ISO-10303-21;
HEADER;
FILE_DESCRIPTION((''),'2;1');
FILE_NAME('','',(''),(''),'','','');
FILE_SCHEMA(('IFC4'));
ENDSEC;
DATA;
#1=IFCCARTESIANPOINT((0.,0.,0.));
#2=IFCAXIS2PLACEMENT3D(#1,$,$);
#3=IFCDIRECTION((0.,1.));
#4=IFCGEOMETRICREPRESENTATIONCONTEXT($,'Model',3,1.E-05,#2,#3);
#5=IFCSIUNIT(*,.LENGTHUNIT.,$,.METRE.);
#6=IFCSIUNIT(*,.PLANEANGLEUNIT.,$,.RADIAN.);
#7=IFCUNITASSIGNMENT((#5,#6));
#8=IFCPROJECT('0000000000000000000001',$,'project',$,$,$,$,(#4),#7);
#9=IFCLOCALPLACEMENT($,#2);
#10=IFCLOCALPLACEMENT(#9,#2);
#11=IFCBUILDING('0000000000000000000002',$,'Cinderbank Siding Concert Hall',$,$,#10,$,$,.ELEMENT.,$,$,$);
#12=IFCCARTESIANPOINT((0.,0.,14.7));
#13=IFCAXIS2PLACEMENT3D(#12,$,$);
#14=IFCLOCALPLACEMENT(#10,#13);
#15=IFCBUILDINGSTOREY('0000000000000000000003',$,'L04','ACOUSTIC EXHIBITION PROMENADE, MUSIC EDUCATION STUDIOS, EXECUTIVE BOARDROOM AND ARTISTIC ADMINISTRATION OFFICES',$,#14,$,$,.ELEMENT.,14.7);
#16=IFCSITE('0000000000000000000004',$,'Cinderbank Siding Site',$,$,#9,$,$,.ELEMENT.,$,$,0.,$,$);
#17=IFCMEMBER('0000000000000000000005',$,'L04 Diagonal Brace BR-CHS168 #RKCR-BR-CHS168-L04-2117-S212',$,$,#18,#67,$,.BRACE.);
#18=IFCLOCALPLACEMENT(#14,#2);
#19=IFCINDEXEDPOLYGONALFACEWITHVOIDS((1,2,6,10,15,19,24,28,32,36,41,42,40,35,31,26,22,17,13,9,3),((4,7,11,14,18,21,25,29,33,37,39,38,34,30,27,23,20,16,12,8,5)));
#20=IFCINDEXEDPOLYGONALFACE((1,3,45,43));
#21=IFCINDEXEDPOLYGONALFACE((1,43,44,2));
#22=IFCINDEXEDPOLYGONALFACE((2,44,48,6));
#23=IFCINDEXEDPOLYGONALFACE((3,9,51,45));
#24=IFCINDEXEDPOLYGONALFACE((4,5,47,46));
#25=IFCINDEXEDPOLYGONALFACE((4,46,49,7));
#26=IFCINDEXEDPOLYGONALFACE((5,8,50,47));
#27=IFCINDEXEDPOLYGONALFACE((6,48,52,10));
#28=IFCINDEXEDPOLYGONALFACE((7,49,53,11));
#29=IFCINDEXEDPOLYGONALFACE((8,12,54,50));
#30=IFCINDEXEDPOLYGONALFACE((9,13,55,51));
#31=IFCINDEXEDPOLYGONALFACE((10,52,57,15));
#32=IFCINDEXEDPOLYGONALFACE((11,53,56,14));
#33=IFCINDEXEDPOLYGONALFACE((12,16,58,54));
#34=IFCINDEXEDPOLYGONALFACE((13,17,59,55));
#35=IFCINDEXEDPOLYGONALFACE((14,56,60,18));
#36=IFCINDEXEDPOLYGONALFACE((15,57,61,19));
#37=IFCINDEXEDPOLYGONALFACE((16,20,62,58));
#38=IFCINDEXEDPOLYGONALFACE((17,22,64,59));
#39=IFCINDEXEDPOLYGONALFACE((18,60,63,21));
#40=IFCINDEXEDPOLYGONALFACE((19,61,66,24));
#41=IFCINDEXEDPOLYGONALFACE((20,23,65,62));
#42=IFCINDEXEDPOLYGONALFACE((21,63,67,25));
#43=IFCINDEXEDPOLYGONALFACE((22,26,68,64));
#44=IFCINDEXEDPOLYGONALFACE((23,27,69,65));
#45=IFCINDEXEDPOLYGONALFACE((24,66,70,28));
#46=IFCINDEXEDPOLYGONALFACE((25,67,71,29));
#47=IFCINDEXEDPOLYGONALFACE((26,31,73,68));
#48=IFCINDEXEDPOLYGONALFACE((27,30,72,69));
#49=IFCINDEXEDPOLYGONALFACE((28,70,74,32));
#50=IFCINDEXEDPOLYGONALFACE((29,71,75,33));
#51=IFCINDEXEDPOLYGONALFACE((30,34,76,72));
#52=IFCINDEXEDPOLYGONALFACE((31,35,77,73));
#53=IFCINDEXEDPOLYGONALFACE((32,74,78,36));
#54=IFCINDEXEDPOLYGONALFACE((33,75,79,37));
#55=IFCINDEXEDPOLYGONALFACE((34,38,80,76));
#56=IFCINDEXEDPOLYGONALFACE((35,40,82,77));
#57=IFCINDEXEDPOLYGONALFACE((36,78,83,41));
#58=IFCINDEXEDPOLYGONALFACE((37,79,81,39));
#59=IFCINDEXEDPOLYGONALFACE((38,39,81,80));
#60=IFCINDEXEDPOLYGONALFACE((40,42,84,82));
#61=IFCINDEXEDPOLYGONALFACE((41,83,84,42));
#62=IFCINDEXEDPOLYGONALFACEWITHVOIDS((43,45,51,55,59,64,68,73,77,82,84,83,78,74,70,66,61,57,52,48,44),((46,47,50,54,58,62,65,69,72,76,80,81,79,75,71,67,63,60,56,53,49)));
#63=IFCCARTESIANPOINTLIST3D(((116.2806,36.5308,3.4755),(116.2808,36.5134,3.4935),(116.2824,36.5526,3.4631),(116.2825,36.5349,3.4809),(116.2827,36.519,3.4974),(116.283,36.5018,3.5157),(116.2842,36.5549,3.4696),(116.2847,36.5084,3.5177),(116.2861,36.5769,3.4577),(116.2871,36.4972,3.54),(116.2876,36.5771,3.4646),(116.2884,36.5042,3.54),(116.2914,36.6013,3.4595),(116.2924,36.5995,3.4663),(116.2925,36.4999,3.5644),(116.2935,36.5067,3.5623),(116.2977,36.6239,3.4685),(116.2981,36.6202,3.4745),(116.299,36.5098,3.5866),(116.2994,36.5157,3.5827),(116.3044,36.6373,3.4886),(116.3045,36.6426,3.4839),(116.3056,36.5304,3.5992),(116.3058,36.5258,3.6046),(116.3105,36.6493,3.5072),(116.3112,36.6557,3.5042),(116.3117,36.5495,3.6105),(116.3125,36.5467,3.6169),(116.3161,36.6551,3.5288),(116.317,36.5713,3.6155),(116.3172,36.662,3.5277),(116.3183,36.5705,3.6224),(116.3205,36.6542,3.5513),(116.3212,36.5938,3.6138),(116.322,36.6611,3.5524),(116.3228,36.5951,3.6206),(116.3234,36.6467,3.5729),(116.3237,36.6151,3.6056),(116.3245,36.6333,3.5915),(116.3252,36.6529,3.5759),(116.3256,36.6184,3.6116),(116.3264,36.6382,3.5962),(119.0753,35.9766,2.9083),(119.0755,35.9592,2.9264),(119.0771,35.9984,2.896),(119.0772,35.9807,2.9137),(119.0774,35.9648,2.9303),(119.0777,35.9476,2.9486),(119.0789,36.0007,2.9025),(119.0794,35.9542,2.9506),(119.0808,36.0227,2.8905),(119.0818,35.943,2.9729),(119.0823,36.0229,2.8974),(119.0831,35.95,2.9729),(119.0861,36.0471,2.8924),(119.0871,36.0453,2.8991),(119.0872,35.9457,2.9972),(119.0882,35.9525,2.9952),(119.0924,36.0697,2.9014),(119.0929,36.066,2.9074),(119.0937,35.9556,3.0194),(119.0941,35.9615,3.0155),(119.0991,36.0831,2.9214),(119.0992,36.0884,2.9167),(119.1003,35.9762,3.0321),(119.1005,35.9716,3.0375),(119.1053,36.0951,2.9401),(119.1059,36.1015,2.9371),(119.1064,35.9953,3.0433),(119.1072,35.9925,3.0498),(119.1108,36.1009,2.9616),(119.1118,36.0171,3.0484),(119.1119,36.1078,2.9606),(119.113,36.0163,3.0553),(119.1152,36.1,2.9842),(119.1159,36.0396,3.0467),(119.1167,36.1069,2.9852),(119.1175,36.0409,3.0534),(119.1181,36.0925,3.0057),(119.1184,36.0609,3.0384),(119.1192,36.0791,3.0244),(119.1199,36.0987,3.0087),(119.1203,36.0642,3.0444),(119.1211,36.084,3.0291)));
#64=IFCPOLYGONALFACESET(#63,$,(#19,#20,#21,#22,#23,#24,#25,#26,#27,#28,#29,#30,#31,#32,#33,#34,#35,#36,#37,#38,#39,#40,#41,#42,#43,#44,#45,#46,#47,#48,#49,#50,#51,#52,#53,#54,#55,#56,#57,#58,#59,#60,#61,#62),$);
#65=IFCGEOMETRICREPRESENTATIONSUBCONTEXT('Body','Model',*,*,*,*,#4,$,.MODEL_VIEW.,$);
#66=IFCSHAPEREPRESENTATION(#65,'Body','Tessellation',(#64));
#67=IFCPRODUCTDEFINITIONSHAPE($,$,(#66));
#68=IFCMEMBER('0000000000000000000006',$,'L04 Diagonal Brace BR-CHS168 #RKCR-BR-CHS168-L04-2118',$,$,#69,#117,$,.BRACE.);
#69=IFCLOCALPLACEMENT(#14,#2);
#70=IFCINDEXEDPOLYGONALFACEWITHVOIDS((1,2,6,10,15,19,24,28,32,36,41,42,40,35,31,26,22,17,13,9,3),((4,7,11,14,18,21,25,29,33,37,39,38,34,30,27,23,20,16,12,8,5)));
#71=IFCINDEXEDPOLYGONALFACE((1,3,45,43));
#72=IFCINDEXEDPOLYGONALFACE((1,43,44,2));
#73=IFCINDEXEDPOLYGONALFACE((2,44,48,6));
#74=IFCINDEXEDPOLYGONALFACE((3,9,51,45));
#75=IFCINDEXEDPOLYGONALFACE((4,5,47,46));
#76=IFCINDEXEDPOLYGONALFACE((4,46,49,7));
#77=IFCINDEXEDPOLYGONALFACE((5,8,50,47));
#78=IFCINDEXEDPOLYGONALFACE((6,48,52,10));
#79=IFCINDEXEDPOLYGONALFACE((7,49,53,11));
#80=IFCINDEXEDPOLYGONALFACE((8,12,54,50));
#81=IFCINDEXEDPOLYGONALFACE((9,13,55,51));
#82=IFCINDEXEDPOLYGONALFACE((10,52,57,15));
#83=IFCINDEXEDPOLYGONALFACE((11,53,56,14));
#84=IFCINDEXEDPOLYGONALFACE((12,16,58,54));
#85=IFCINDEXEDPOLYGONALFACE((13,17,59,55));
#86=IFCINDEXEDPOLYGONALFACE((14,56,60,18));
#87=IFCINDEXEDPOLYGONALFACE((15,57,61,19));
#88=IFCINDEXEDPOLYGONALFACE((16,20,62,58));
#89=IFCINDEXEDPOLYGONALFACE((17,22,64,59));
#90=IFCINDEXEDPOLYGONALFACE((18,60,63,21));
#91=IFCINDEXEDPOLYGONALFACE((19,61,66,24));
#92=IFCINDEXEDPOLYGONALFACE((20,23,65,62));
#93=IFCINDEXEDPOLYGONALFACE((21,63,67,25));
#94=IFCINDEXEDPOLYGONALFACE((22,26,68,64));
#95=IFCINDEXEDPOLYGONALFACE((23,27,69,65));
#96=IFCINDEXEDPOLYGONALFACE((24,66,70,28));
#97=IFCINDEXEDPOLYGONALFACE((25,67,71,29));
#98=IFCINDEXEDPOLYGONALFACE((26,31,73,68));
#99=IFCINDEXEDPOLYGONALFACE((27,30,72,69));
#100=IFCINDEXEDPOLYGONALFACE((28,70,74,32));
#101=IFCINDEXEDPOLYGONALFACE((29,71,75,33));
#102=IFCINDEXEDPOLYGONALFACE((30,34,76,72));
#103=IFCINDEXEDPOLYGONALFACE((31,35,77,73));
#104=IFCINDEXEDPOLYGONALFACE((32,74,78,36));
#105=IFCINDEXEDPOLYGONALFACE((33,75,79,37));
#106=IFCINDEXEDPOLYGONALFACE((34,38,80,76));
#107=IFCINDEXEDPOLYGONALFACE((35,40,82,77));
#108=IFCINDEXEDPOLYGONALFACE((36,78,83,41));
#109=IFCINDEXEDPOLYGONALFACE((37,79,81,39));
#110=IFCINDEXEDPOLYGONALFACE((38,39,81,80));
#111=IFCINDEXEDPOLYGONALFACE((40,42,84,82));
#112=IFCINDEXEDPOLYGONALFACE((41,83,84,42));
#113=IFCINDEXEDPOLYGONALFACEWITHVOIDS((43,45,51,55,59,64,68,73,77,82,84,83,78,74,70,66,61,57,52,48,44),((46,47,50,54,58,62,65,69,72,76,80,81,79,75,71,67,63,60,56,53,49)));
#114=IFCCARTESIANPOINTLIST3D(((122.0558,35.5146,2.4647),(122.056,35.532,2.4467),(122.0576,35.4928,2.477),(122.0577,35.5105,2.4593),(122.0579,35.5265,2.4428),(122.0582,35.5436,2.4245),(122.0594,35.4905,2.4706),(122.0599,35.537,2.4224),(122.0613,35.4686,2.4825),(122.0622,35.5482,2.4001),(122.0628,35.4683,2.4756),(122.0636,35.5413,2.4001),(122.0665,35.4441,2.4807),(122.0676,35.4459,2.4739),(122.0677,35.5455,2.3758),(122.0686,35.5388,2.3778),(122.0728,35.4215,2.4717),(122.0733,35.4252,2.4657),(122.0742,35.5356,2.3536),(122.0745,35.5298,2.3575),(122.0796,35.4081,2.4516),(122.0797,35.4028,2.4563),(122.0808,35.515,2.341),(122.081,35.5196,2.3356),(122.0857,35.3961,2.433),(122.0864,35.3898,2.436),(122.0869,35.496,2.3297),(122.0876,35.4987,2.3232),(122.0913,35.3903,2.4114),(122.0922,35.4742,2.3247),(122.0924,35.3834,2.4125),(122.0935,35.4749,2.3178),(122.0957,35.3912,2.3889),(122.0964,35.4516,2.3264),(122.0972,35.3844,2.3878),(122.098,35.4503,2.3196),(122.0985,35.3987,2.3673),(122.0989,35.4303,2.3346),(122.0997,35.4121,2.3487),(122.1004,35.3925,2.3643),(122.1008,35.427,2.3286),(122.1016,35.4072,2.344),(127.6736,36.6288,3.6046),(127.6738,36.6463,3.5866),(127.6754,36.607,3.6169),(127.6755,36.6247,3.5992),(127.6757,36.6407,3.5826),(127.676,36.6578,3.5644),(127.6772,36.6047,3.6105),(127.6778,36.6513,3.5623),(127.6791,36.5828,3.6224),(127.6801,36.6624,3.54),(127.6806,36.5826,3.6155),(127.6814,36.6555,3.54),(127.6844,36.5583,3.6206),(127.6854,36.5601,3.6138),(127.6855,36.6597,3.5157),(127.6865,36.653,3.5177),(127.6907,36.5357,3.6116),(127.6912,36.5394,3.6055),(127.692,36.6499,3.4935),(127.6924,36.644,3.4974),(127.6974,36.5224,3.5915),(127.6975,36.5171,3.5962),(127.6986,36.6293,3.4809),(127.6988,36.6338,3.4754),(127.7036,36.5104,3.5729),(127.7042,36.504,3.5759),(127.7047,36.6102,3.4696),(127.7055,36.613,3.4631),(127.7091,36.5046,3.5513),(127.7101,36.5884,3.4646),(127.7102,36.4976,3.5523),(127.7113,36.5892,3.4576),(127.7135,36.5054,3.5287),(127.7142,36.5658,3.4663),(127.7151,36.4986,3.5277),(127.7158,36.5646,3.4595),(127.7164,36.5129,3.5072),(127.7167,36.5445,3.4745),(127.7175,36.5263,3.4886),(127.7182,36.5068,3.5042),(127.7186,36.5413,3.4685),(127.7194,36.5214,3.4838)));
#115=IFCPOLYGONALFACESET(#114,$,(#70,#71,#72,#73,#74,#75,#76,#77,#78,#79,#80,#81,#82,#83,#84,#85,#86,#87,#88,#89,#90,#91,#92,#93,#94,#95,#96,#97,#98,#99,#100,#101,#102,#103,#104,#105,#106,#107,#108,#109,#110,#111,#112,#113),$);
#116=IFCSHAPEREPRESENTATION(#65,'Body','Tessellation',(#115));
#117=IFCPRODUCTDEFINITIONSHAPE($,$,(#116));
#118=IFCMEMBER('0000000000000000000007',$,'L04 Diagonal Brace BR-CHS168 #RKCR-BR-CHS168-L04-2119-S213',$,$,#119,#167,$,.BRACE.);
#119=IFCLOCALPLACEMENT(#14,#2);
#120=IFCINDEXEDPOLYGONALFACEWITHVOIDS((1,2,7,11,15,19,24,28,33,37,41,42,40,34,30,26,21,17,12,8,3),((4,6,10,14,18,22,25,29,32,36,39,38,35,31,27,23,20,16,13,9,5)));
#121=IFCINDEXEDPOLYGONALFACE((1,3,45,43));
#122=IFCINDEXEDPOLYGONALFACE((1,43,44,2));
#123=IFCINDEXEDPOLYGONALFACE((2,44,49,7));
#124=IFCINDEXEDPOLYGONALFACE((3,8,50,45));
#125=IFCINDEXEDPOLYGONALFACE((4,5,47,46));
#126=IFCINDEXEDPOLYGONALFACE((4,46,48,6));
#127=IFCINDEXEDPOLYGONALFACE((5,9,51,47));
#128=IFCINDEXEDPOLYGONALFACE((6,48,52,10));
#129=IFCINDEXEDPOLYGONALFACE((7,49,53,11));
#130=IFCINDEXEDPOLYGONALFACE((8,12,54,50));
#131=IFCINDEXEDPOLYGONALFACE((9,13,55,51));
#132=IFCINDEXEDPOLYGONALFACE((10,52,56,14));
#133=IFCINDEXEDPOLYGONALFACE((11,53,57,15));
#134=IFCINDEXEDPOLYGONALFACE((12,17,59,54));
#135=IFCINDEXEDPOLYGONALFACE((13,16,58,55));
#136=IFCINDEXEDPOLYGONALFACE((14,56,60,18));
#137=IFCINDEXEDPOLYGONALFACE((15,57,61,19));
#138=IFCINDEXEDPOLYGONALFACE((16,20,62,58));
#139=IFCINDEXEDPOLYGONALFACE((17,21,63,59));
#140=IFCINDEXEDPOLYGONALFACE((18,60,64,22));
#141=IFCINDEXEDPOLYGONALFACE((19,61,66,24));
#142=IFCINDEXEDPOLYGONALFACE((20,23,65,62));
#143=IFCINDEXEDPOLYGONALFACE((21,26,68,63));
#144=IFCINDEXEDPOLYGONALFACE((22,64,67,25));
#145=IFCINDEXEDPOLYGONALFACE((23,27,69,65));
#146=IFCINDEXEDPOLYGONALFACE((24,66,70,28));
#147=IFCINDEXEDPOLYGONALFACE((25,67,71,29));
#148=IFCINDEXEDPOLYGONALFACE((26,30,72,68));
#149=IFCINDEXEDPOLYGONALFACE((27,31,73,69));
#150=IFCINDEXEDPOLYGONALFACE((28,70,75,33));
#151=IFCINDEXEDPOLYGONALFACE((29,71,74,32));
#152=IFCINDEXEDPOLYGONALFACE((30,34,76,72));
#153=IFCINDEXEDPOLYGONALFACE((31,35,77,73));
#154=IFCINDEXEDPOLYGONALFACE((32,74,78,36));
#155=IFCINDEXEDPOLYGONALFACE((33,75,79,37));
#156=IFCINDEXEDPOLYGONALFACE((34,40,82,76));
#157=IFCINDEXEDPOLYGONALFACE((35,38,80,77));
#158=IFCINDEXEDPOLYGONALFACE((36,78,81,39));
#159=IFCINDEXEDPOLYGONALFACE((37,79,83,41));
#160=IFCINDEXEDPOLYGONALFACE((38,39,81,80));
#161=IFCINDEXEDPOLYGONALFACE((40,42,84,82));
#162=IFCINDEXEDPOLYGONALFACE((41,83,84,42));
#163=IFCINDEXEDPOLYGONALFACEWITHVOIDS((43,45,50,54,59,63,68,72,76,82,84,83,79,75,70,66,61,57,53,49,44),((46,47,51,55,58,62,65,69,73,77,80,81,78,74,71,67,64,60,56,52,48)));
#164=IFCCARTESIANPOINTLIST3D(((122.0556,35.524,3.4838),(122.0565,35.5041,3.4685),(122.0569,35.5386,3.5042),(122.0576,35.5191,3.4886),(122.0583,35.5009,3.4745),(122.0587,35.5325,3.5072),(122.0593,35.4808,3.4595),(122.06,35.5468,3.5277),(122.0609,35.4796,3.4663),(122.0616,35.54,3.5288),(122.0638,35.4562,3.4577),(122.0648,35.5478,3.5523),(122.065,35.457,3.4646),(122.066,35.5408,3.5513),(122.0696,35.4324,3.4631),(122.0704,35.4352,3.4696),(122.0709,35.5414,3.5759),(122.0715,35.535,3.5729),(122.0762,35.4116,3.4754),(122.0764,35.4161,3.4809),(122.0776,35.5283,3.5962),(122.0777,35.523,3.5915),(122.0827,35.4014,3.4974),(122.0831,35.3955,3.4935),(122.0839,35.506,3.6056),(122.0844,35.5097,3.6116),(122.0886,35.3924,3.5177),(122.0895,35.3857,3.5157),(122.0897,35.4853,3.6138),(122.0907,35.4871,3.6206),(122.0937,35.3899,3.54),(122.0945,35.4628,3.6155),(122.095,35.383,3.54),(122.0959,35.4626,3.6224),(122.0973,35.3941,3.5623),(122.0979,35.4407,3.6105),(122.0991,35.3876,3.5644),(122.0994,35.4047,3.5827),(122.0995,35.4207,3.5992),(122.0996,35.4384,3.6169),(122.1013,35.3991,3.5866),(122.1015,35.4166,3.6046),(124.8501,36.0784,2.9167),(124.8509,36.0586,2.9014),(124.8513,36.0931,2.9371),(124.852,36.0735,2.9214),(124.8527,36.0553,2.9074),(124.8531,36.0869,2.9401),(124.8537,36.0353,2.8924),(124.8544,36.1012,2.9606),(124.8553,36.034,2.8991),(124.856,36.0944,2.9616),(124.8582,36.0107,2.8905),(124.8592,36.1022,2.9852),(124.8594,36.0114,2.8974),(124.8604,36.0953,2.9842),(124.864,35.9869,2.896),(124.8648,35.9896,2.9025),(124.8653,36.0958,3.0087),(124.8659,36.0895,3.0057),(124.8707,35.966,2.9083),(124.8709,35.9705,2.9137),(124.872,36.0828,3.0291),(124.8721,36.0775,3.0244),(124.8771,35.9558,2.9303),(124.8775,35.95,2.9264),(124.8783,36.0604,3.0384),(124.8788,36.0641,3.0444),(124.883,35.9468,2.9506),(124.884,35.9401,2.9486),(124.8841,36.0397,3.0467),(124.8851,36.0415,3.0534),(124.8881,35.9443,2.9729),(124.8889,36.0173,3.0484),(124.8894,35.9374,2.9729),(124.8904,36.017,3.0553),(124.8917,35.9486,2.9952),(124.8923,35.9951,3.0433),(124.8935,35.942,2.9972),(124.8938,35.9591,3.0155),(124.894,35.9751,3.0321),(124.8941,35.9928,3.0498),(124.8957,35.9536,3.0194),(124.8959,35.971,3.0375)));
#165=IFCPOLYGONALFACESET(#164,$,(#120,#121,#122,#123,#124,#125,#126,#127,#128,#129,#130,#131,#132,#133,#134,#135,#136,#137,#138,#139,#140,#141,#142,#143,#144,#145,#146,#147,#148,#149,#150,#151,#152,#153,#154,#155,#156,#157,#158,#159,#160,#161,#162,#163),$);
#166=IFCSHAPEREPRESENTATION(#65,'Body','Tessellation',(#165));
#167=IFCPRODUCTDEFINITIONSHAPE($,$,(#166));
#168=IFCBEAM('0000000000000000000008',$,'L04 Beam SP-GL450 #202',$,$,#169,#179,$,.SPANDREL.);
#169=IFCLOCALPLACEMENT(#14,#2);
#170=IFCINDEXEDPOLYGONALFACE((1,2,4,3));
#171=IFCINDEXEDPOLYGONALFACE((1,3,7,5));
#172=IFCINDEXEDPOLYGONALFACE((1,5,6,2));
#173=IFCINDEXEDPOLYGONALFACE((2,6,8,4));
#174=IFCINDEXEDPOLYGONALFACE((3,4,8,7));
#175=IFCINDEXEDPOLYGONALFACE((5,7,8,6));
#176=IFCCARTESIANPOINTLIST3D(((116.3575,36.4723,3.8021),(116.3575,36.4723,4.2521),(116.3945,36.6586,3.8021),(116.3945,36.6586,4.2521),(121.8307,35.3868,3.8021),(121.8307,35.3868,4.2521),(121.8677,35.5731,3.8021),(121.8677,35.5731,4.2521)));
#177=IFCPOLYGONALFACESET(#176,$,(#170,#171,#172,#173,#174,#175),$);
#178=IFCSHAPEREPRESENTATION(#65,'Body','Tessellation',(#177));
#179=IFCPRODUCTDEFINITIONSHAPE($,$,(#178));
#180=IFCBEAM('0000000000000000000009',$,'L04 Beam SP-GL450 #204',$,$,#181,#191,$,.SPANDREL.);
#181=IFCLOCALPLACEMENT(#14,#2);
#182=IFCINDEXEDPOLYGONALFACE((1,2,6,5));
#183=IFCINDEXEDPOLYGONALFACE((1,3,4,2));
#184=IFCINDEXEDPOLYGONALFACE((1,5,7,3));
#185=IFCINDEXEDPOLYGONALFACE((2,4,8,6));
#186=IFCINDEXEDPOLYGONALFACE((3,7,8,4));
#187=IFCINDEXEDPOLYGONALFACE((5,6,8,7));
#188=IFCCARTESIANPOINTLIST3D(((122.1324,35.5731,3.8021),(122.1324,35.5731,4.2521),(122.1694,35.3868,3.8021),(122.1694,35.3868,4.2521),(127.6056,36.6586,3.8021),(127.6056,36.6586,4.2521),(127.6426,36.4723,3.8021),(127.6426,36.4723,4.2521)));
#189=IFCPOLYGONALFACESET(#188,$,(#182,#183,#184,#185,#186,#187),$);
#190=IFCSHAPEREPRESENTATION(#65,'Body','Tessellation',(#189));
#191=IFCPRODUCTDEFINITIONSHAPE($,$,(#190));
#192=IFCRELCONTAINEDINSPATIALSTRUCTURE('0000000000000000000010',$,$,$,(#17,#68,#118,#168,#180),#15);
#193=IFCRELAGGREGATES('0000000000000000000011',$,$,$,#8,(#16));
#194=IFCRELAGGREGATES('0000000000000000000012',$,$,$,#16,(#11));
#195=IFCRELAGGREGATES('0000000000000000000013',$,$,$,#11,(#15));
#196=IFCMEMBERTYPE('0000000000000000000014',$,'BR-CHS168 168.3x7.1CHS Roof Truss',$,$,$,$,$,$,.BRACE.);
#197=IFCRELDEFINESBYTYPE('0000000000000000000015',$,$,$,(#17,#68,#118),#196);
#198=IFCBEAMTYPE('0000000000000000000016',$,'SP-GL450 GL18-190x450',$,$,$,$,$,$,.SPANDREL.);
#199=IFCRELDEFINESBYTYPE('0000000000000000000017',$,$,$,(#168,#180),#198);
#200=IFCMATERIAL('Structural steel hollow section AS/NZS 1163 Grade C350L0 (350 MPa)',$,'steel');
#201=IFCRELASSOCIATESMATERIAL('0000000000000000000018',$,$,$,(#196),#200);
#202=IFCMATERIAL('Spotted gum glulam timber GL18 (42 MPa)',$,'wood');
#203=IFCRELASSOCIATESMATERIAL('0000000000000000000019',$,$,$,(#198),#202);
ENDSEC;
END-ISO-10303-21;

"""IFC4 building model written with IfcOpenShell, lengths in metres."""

from ifc_helpers import new_model, si_unit, direction, frame, origin, origin_2d, place, context, subcontext, project, spatial, rectangle, hollow_circle, extrude, material, material_profile, profile_set, type_object, element, save


model = new_model("IFC4")

# Units and contexts
model_context = context("Model", 3, precision=1e-05, world=origin(), true_north=direction((0.0, 1.0)))
body_context = subcontext(model_context, "Body", "Model", "MODEL_VIEW")
ifc_project = project(units=[si_unit("LENGTHUNIT", "METRE"), si_unit("PLANEANGLEUNIT", "RADIAN")], contexts=[model_context])

# Site, building, storey
site_placement = place(None, origin())
site = spatial("IfcSite", under=ifc_project, at=site_placement, Name="Cinderbank Siding Site", CompositionType="ELEMENT", RefElevation=0.0)
building_placement = place(site_placement, origin())
building = spatial("IfcBuilding", under=site, at=building_placement, Name="Cinderbank Siding Concert Hall", CompositionType="ELEMENT")
storey_placement = place(building_placement, frame((0.0, 0.0, 14.7)))
storey = spatial("IfcBuildingStorey", under=building, at=storey_placement, Name="L04", Description="ACOUSTIC EXHIBITION PROMENADE, MUSIC EDUCATION STUDIOS, EXECUTIVE BOARDROOM AND ARTISTIC ADMINISTRATION OFFICES", CompositionType="ELEMENT", Elevation=14.7)

# Shared definitions
ifc_material_1 = material(Name="Structural steel hollow section AS/NZS 1163 Grade C350L0 (350 MPa)", Category="steel")

# Members
ifc_material_profile_1 = material_profile(ifc_material_1, hollow_circle(Radius=0.0842, WallThickness=0.0071, at=origin_2d()), Name="168.3x7.1CHS", Category="LoadBearing")
ifc_profile_set_1 = profile_set([ifc_material_profile_1], Name="Structural steel hollow section AS/NZS 1163 Grade C350L0 (350 MPa)")
member_type = type_object("IfcMemberType", Name="BR-CHS168 168.3x7.1CHS Roof Truss", PredefinedType="BRACE", material=ifc_profile_set_1)
member_1_placement = place(storey_placement, frame((119.0981, 36.0256, 2.9729), z_axis=(-0.962024, 0.190774, 0.195229), x_axis=(-0.194517, -0.980899, 0.0)))
element("IfcMember", 1, at=member_1_placement, inside=storey, type_object=member_type, Name="L04 Diagonal Brace BR-CHS168 #RKCR-BR-CHS168-L04-2117-S212", PredefinedType="BRACE", context=body_context, shape_type="SweptSolid", body=[
    extrude(hollow_circle(Radius=0.0842, WallThickness=0.0071, at=origin_2d()), origin(), (0.0, 0.0, 1.0), 2.905),
])
member_2_placement = place(storey_placement, frame((122.0786, 35.4656, 2.4001), z_axis=(0.962024, 0.190808, 0.195198), x_axis=(-0.19455, 0.980893, 0.0)))
element("IfcMember", 2, at=member_2_placement, inside=storey, type_object=member_type, Name="L04 Diagonal Brace BR-CHS168 #RKCR-BR-CHS168-L04-2118", PredefinedType="BRACE", context=body_context, shape_type="SweptSolid", body=[
    extrude(hollow_circle(Radius=0.0842, WallThickness=0.0071, at=origin_2d()), origin(), (0.0, 0.0, 1.0), 5.8396),
])
member_3_placement = place(storey_placement, frame((124.873, 36.02, 2.9729), z_axis=(-0.962003, -0.190871, 0.195241), x_axis=(0.194616, -0.980879, 0.0)))
element("IfcMember", 3, at=member_3_placement, inside=storey, type_object=member_type, Name="L04 Diagonal Brace BR-CHS168 #RKCR-BR-CHS168-L04-2119-S213", PredefinedType="BRACE", context=body_context, shape_type="SweptSolid", body=[
    extrude(hollow_circle(Radius=0.0842, WallThickness=0.0071, at=origin_2d()), origin(), (0.0, 0.0, 1.0), 2.9048),
])

# Beams
ifc_material_2 = material(Name="Spotted gum glulam timber GL18 (42 MPa)", Category="wood")
ifc_material_profile_2 = material_profile(ifc_material_2, rectangle(XDim=0.1899, YDim=0.45, at=origin_2d()), Name="GL18-190x450", Category="LoadBearing")
ifc_profile_set_2 = profile_set([ifc_material_profile_2], Name="Spotted gum glulam timber GL18 (42 MPa)")
beam_type_1 = type_object("IfcBeamType", Name="SP-GL450 GL18-190x450", PredefinedType="SPANDREL", material=ifc_profile_set_2)
for number, where, z_axis, x_axis, name in (
    (4, (116.376, 36.5654, 4.0271), (0.980896, -0.194534, 0.0), (0.194534, 0.980896, 0.0), "L04 Beam SP-GL450 #202"),
    (5, (122.1509, 35.48, 4.0271), (0.980896, 0.194534, 0.0), (-0.194534, 0.980896, 0.0), "L04 Beam SP-GL450 #204"),
):
    element("IfcBeam", number, at=place(storey_placement, frame(where, z_axis=z_axis, x_axis=x_axis)), inside=storey, type_object=beam_type_1, Name=name, PredefinedType="SPANDREL", context=body_context, shape_type="SweptSolid", body=[
        extrude(rectangle(XDim=0.1899, YDim=0.45, at=origin_2d()), origin(), (0.0, 0.0, 1.0), 5.5798),
    ])

save(model, "model.ifc")
